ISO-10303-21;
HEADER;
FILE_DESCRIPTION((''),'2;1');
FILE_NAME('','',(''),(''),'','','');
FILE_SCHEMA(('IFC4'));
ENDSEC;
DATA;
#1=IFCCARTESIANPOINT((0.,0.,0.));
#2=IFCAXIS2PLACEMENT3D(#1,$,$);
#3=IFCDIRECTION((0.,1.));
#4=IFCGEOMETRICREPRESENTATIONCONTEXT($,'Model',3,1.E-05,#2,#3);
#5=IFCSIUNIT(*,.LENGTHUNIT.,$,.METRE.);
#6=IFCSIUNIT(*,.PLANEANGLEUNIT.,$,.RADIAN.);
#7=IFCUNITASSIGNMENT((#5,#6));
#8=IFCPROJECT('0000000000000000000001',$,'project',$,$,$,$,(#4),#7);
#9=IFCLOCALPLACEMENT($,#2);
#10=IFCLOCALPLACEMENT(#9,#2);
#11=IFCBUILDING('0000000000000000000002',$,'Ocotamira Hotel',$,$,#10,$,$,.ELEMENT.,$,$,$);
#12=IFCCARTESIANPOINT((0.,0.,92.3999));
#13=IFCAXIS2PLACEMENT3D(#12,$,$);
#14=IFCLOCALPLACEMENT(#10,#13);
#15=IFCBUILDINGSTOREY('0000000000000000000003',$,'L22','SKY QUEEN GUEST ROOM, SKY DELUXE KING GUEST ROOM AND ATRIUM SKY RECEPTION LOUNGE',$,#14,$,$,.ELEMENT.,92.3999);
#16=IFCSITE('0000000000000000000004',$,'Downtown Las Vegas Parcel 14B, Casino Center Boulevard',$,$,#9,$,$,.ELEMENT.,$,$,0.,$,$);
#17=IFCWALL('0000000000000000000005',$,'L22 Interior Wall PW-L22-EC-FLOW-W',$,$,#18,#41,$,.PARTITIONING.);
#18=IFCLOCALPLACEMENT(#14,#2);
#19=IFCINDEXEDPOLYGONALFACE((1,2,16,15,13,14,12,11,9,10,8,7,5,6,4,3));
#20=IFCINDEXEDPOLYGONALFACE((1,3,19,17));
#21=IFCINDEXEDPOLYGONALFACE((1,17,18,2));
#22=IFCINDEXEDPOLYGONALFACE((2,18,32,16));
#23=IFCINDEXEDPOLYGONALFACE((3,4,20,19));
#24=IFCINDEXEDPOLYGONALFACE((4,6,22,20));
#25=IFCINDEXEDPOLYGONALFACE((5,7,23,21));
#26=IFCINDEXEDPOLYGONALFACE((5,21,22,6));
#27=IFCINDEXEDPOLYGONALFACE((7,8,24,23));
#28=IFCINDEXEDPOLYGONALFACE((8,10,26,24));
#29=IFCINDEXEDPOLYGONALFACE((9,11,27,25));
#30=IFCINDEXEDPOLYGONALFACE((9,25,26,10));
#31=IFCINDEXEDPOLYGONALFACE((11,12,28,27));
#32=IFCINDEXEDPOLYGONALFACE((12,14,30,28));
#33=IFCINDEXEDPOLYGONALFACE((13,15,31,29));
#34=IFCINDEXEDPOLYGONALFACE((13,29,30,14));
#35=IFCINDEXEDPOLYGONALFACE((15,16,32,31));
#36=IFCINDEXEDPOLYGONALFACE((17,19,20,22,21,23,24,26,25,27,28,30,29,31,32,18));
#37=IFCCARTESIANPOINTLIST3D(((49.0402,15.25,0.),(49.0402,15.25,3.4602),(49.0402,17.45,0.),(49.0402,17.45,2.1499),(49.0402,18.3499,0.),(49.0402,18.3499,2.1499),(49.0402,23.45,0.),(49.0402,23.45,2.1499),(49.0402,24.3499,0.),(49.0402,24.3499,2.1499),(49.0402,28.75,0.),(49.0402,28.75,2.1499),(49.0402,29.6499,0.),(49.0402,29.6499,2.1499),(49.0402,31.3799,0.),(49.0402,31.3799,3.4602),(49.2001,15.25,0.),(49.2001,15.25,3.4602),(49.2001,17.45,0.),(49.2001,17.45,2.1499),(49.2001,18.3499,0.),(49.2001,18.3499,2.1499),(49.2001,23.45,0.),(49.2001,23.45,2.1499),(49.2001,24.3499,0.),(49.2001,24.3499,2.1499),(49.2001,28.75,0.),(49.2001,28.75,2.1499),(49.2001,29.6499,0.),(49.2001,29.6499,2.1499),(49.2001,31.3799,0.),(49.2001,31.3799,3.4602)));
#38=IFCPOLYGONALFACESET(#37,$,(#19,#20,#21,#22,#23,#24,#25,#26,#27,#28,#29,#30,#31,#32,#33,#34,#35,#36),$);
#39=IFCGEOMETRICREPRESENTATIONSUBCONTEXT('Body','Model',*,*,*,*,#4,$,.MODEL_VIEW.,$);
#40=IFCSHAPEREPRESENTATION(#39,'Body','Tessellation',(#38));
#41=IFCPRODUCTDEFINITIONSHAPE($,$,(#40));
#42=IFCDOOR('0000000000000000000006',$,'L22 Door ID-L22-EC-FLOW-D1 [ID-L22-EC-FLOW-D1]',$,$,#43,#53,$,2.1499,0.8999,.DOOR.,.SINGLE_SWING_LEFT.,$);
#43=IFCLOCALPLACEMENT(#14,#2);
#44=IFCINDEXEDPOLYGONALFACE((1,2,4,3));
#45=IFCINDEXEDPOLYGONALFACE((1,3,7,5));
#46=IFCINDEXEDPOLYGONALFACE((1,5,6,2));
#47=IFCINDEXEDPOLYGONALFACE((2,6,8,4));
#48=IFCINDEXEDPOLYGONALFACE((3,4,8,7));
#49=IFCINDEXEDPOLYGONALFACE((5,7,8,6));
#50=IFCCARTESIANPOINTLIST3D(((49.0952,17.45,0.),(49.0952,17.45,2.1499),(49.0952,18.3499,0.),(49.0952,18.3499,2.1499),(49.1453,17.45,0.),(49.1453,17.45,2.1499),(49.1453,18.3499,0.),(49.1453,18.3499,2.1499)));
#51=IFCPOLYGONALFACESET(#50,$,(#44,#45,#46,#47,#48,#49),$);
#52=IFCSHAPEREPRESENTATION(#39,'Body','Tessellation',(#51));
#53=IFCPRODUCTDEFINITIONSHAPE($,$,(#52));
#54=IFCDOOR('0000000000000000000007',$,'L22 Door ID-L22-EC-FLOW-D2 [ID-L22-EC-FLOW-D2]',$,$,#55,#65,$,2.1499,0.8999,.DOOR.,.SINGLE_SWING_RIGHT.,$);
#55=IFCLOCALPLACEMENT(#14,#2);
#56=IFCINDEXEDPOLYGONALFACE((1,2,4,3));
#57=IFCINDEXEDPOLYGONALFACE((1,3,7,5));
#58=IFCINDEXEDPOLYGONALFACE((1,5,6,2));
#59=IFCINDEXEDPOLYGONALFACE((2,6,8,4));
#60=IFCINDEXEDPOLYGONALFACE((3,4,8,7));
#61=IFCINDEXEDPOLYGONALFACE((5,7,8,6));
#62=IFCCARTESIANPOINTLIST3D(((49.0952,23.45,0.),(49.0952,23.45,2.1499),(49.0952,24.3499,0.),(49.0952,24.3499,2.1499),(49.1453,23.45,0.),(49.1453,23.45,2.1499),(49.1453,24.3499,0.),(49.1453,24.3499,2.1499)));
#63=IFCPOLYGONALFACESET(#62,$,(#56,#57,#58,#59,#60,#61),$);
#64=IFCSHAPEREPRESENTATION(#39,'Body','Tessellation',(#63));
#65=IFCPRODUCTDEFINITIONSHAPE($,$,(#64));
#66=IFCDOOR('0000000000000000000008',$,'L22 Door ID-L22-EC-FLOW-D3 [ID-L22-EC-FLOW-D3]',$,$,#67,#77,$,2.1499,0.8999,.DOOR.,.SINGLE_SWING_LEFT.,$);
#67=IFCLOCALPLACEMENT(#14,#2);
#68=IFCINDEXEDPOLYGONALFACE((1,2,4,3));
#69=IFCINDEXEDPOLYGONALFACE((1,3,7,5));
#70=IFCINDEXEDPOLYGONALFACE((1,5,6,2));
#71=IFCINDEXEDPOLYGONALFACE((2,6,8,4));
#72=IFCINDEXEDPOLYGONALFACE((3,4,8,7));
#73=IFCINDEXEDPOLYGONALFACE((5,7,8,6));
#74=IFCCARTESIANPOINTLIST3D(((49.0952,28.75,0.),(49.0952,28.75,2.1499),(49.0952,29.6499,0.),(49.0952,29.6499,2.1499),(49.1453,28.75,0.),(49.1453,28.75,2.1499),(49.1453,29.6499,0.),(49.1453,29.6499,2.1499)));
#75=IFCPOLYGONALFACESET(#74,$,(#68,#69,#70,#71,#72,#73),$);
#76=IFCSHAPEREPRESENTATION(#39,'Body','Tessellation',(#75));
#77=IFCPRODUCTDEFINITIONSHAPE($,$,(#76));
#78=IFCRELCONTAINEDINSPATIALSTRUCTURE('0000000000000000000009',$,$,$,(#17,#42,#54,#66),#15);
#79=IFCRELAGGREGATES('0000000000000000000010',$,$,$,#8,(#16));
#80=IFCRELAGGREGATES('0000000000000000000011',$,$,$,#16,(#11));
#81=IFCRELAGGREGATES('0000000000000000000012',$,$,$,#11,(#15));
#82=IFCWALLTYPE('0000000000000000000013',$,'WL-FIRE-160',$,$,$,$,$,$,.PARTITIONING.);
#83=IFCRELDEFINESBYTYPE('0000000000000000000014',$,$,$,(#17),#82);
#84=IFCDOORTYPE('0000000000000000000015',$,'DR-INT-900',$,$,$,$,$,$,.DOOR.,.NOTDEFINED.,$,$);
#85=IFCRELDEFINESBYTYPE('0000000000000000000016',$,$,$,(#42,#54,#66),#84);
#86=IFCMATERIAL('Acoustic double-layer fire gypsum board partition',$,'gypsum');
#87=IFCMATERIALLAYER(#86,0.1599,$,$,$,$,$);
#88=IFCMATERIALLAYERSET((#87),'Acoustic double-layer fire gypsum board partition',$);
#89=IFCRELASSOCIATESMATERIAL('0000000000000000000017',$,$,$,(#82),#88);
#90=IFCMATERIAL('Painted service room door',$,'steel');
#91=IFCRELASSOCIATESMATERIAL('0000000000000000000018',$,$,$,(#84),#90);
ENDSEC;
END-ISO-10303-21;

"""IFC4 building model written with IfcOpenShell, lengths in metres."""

from ifc_helpers import new_model, si_unit, direction, frame, frame_2d, origin, place, context, subcontext, project, spatial, rectangle, extrude, source, transform, mapped, material, layer, layer_set, type_object, element, fill, save


model = new_model("IFC4")

# Units and contexts
model_context = context("Model", 3, precision=1e-05, world=origin(), true_north=direction((0.0, 1.0)))
body_context = subcontext(model_context, "Body", "Model", "MODEL_VIEW")
ifc_project = project(units=[si_unit("LENGTHUNIT", "METRE"), si_unit("PLANEANGLEUNIT", "RADIAN")], contexts=[model_context])

# Site, building, storey
site_placement = place(None, origin())
site = spatial("IfcSite", under=ifc_project, at=site_placement, Name="Downtown Las Vegas Parcel 14B, Casino Center Boulevard", CompositionType="ELEMENT", RefElevation=0.0)
building_placement = place(site_placement, origin())
building = spatial("IfcBuilding", under=site, at=building_placement, Name="Ocotamira Hotel", CompositionType="ELEMENT")
storey_placement = place(building_placement, frame((0.0, 0.0, 92.3999)))
storey = spatial("IfcBuildingStorey", under=building, at=storey_placement, Name="L22", Description="SKY QUEEN GUEST ROOM, SKY DELUXE KING GUEST ROOM AND ATRIUM SKY RECEPTION LOUNGE", CompositionType="ELEMENT", Elevation=92.3999)

# Wall, openings, doors
ifc_material_1 = material(Name="Acoustic double-layer fire gypsum board partition", Category="gypsum")
ifc_layer_1 = layer(ifc_material_1, 0.1599)
ifc_layer_set_1 = layer_set([ifc_layer_1], Name="Acoustic double-layer fire gypsum board partition")
wall_type_1 = type_object("IfcWallType", Name="WL-FIRE-160", PredefinedType="PARTITIONING", material=ifc_layer_set_1)
wall_1_placement = place(storey_placement, frame((49.1201, 15.25, 0.0), z_axis=(0.0, 0.0, 1.0), x_axis=(0.0, 1.0, 0.0)))
wall_1 = element("IfcWall", 1, at=wall_1_placement, inside=storey, type_object=wall_type_1, Name="L22 Interior Wall PW-L22-EC-FLOW-W", PredefinedType="PARTITIONING", context=body_context, shape_type="SweptSolid", body=[
    extrude(rectangle(XDim=16.1299, YDim=0.1599, at=frame_2d((8.0649, 0.0))), origin(), (0.0, 0.0, 1.0), 3.4602),
])
opening_1_placement = place(wall_1_placement, frame((2.2, 0.0, 0.0)))
opening_1 = element("IfcOpeningElement", 2, at=opening_1_placement, cuts=wall_1, PredefinedType="OPENING", context=body_context, shape_type="SweptSolid", body=[
    extrude(rectangle(XDim=0.8999, YDim=2.1499, at=frame_2d((0.45, 1.075))), frame((0.0, 0.0898, 0.0), z_axis=(0.0, -1.0, 0.0), x_axis=(1.0, 0.0, 0.0)), (0.0, 0.0, 1.0), 0.1799),
])
opening_2_placement = place(wall_1_placement, frame((8.2, 0.0, 0.0)))
opening_2 = element("IfcOpeningElement", 3, at=opening_2_placement, cuts=wall_1, PredefinedType="OPENING", context=body_context, shape_type="SweptSolid", body=[
    extrude(rectangle(XDim=0.8999, YDim=2.1499, at=frame_2d((0.45, 1.075))), frame((0.0, 0.0898, 0.0), z_axis=(0.0, -1.0, 0.0), x_axis=(1.0, 0.0, 0.0)), (0.0, 0.0, 1.0), 0.1799),
])
opening_3_placement = place(wall_1_placement, frame((13.5, 0.0, 0.0)))
opening_3 = element("IfcOpeningElement", 4, at=opening_3_placement, cuts=wall_1, PredefinedType="OPENING", context=body_context, shape_type="SweptSolid", body=[
    extrude(rectangle(XDim=0.8999, YDim=2.1499, at=frame_2d((0.45, 1.075))), frame((0.0, 0.0898, 0.0), z_axis=(0.0, -1.0, 0.0), x_axis=(1.0, 0.0, 0.0)), (0.0, 0.0, 1.0), 0.1799),
])
ifc_material_2 = material(Name="Painted service room door", Category="steel")
door_type_1 = type_object("IfcDoorType", Name="DR-INT-900", OperationType="NOTDEFINED", PredefinedType="DOOR", material=ifc_material_2)
shared_shape_1 = source(origin(), body_context, "Body", "SweptSolid", [
    extrude(rectangle(XDim=0.8999, YDim=2.1499, at=frame_2d((0.45, 1.075))), frame((0.0, 0.0249, 0.0), z_axis=(0.0, -1.0, 0.0), x_axis=(1.0, 0.0, 0.0)), (0.0, 0.0, 1.0), 0.05),
])
door_1_placement = place(opening_1_placement, origin())
door_1 = element("IfcDoor", 5, at=door_1_placement, inside=storey, type_object=door_type_1, Name="L22 Door ID-L22-EC-FLOW-D1 [ID-L22-EC-FLOW-D1]", OperationType="SINGLE_SWING_LEFT", OverallHeight=2.1499, OverallWidth=0.8999, PredefinedType="DOOR", context=body_context, shape_type="MappedRepresentation", body=[
    mapped(shared_shape_1, transform((0.0, 0.0, 0.0), scale=1.0)),
])
fill(opening_1, door_1)
door_2_placement = place(opening_2_placement, origin())
door_2 = element("IfcDoor", 6, at=door_2_placement, inside=storey, type_object=door_type_1, Name="L22 Door ID-L22-EC-FLOW-D2 [ID-L22-EC-FLOW-D2]", OperationType="SINGLE_SWING_RIGHT", OverallHeight=2.1499, OverallWidth=0.8999, PredefinedType="DOOR", context=body_context, shape_type="MappedRepresentation", body=[
    mapped(shared_shape_1, transform((0.0, 0.0, 0.0), scale=1.0)),
])
fill(opening_2, door_2)
door_3_placement = place(opening_3_placement, origin())
door_3 = element("IfcDoor", 7, at=door_3_placement, inside=storey, type_object=door_type_1, Name="L22 Door ID-L22-EC-FLOW-D3 [ID-L22-EC-FLOW-D3]", OperationType="SINGLE_SWING_LEFT", OverallHeight=2.1499, OverallWidth=0.8999, PredefinedType="DOOR", context=body_context, shape_type="MappedRepresentation", body=[
    mapped(shared_shape_1, transform((0.0, 0.0, 0.0), scale=1.0)),
])
fill(opening_3, door_3)

save(model, "model.ifc")
